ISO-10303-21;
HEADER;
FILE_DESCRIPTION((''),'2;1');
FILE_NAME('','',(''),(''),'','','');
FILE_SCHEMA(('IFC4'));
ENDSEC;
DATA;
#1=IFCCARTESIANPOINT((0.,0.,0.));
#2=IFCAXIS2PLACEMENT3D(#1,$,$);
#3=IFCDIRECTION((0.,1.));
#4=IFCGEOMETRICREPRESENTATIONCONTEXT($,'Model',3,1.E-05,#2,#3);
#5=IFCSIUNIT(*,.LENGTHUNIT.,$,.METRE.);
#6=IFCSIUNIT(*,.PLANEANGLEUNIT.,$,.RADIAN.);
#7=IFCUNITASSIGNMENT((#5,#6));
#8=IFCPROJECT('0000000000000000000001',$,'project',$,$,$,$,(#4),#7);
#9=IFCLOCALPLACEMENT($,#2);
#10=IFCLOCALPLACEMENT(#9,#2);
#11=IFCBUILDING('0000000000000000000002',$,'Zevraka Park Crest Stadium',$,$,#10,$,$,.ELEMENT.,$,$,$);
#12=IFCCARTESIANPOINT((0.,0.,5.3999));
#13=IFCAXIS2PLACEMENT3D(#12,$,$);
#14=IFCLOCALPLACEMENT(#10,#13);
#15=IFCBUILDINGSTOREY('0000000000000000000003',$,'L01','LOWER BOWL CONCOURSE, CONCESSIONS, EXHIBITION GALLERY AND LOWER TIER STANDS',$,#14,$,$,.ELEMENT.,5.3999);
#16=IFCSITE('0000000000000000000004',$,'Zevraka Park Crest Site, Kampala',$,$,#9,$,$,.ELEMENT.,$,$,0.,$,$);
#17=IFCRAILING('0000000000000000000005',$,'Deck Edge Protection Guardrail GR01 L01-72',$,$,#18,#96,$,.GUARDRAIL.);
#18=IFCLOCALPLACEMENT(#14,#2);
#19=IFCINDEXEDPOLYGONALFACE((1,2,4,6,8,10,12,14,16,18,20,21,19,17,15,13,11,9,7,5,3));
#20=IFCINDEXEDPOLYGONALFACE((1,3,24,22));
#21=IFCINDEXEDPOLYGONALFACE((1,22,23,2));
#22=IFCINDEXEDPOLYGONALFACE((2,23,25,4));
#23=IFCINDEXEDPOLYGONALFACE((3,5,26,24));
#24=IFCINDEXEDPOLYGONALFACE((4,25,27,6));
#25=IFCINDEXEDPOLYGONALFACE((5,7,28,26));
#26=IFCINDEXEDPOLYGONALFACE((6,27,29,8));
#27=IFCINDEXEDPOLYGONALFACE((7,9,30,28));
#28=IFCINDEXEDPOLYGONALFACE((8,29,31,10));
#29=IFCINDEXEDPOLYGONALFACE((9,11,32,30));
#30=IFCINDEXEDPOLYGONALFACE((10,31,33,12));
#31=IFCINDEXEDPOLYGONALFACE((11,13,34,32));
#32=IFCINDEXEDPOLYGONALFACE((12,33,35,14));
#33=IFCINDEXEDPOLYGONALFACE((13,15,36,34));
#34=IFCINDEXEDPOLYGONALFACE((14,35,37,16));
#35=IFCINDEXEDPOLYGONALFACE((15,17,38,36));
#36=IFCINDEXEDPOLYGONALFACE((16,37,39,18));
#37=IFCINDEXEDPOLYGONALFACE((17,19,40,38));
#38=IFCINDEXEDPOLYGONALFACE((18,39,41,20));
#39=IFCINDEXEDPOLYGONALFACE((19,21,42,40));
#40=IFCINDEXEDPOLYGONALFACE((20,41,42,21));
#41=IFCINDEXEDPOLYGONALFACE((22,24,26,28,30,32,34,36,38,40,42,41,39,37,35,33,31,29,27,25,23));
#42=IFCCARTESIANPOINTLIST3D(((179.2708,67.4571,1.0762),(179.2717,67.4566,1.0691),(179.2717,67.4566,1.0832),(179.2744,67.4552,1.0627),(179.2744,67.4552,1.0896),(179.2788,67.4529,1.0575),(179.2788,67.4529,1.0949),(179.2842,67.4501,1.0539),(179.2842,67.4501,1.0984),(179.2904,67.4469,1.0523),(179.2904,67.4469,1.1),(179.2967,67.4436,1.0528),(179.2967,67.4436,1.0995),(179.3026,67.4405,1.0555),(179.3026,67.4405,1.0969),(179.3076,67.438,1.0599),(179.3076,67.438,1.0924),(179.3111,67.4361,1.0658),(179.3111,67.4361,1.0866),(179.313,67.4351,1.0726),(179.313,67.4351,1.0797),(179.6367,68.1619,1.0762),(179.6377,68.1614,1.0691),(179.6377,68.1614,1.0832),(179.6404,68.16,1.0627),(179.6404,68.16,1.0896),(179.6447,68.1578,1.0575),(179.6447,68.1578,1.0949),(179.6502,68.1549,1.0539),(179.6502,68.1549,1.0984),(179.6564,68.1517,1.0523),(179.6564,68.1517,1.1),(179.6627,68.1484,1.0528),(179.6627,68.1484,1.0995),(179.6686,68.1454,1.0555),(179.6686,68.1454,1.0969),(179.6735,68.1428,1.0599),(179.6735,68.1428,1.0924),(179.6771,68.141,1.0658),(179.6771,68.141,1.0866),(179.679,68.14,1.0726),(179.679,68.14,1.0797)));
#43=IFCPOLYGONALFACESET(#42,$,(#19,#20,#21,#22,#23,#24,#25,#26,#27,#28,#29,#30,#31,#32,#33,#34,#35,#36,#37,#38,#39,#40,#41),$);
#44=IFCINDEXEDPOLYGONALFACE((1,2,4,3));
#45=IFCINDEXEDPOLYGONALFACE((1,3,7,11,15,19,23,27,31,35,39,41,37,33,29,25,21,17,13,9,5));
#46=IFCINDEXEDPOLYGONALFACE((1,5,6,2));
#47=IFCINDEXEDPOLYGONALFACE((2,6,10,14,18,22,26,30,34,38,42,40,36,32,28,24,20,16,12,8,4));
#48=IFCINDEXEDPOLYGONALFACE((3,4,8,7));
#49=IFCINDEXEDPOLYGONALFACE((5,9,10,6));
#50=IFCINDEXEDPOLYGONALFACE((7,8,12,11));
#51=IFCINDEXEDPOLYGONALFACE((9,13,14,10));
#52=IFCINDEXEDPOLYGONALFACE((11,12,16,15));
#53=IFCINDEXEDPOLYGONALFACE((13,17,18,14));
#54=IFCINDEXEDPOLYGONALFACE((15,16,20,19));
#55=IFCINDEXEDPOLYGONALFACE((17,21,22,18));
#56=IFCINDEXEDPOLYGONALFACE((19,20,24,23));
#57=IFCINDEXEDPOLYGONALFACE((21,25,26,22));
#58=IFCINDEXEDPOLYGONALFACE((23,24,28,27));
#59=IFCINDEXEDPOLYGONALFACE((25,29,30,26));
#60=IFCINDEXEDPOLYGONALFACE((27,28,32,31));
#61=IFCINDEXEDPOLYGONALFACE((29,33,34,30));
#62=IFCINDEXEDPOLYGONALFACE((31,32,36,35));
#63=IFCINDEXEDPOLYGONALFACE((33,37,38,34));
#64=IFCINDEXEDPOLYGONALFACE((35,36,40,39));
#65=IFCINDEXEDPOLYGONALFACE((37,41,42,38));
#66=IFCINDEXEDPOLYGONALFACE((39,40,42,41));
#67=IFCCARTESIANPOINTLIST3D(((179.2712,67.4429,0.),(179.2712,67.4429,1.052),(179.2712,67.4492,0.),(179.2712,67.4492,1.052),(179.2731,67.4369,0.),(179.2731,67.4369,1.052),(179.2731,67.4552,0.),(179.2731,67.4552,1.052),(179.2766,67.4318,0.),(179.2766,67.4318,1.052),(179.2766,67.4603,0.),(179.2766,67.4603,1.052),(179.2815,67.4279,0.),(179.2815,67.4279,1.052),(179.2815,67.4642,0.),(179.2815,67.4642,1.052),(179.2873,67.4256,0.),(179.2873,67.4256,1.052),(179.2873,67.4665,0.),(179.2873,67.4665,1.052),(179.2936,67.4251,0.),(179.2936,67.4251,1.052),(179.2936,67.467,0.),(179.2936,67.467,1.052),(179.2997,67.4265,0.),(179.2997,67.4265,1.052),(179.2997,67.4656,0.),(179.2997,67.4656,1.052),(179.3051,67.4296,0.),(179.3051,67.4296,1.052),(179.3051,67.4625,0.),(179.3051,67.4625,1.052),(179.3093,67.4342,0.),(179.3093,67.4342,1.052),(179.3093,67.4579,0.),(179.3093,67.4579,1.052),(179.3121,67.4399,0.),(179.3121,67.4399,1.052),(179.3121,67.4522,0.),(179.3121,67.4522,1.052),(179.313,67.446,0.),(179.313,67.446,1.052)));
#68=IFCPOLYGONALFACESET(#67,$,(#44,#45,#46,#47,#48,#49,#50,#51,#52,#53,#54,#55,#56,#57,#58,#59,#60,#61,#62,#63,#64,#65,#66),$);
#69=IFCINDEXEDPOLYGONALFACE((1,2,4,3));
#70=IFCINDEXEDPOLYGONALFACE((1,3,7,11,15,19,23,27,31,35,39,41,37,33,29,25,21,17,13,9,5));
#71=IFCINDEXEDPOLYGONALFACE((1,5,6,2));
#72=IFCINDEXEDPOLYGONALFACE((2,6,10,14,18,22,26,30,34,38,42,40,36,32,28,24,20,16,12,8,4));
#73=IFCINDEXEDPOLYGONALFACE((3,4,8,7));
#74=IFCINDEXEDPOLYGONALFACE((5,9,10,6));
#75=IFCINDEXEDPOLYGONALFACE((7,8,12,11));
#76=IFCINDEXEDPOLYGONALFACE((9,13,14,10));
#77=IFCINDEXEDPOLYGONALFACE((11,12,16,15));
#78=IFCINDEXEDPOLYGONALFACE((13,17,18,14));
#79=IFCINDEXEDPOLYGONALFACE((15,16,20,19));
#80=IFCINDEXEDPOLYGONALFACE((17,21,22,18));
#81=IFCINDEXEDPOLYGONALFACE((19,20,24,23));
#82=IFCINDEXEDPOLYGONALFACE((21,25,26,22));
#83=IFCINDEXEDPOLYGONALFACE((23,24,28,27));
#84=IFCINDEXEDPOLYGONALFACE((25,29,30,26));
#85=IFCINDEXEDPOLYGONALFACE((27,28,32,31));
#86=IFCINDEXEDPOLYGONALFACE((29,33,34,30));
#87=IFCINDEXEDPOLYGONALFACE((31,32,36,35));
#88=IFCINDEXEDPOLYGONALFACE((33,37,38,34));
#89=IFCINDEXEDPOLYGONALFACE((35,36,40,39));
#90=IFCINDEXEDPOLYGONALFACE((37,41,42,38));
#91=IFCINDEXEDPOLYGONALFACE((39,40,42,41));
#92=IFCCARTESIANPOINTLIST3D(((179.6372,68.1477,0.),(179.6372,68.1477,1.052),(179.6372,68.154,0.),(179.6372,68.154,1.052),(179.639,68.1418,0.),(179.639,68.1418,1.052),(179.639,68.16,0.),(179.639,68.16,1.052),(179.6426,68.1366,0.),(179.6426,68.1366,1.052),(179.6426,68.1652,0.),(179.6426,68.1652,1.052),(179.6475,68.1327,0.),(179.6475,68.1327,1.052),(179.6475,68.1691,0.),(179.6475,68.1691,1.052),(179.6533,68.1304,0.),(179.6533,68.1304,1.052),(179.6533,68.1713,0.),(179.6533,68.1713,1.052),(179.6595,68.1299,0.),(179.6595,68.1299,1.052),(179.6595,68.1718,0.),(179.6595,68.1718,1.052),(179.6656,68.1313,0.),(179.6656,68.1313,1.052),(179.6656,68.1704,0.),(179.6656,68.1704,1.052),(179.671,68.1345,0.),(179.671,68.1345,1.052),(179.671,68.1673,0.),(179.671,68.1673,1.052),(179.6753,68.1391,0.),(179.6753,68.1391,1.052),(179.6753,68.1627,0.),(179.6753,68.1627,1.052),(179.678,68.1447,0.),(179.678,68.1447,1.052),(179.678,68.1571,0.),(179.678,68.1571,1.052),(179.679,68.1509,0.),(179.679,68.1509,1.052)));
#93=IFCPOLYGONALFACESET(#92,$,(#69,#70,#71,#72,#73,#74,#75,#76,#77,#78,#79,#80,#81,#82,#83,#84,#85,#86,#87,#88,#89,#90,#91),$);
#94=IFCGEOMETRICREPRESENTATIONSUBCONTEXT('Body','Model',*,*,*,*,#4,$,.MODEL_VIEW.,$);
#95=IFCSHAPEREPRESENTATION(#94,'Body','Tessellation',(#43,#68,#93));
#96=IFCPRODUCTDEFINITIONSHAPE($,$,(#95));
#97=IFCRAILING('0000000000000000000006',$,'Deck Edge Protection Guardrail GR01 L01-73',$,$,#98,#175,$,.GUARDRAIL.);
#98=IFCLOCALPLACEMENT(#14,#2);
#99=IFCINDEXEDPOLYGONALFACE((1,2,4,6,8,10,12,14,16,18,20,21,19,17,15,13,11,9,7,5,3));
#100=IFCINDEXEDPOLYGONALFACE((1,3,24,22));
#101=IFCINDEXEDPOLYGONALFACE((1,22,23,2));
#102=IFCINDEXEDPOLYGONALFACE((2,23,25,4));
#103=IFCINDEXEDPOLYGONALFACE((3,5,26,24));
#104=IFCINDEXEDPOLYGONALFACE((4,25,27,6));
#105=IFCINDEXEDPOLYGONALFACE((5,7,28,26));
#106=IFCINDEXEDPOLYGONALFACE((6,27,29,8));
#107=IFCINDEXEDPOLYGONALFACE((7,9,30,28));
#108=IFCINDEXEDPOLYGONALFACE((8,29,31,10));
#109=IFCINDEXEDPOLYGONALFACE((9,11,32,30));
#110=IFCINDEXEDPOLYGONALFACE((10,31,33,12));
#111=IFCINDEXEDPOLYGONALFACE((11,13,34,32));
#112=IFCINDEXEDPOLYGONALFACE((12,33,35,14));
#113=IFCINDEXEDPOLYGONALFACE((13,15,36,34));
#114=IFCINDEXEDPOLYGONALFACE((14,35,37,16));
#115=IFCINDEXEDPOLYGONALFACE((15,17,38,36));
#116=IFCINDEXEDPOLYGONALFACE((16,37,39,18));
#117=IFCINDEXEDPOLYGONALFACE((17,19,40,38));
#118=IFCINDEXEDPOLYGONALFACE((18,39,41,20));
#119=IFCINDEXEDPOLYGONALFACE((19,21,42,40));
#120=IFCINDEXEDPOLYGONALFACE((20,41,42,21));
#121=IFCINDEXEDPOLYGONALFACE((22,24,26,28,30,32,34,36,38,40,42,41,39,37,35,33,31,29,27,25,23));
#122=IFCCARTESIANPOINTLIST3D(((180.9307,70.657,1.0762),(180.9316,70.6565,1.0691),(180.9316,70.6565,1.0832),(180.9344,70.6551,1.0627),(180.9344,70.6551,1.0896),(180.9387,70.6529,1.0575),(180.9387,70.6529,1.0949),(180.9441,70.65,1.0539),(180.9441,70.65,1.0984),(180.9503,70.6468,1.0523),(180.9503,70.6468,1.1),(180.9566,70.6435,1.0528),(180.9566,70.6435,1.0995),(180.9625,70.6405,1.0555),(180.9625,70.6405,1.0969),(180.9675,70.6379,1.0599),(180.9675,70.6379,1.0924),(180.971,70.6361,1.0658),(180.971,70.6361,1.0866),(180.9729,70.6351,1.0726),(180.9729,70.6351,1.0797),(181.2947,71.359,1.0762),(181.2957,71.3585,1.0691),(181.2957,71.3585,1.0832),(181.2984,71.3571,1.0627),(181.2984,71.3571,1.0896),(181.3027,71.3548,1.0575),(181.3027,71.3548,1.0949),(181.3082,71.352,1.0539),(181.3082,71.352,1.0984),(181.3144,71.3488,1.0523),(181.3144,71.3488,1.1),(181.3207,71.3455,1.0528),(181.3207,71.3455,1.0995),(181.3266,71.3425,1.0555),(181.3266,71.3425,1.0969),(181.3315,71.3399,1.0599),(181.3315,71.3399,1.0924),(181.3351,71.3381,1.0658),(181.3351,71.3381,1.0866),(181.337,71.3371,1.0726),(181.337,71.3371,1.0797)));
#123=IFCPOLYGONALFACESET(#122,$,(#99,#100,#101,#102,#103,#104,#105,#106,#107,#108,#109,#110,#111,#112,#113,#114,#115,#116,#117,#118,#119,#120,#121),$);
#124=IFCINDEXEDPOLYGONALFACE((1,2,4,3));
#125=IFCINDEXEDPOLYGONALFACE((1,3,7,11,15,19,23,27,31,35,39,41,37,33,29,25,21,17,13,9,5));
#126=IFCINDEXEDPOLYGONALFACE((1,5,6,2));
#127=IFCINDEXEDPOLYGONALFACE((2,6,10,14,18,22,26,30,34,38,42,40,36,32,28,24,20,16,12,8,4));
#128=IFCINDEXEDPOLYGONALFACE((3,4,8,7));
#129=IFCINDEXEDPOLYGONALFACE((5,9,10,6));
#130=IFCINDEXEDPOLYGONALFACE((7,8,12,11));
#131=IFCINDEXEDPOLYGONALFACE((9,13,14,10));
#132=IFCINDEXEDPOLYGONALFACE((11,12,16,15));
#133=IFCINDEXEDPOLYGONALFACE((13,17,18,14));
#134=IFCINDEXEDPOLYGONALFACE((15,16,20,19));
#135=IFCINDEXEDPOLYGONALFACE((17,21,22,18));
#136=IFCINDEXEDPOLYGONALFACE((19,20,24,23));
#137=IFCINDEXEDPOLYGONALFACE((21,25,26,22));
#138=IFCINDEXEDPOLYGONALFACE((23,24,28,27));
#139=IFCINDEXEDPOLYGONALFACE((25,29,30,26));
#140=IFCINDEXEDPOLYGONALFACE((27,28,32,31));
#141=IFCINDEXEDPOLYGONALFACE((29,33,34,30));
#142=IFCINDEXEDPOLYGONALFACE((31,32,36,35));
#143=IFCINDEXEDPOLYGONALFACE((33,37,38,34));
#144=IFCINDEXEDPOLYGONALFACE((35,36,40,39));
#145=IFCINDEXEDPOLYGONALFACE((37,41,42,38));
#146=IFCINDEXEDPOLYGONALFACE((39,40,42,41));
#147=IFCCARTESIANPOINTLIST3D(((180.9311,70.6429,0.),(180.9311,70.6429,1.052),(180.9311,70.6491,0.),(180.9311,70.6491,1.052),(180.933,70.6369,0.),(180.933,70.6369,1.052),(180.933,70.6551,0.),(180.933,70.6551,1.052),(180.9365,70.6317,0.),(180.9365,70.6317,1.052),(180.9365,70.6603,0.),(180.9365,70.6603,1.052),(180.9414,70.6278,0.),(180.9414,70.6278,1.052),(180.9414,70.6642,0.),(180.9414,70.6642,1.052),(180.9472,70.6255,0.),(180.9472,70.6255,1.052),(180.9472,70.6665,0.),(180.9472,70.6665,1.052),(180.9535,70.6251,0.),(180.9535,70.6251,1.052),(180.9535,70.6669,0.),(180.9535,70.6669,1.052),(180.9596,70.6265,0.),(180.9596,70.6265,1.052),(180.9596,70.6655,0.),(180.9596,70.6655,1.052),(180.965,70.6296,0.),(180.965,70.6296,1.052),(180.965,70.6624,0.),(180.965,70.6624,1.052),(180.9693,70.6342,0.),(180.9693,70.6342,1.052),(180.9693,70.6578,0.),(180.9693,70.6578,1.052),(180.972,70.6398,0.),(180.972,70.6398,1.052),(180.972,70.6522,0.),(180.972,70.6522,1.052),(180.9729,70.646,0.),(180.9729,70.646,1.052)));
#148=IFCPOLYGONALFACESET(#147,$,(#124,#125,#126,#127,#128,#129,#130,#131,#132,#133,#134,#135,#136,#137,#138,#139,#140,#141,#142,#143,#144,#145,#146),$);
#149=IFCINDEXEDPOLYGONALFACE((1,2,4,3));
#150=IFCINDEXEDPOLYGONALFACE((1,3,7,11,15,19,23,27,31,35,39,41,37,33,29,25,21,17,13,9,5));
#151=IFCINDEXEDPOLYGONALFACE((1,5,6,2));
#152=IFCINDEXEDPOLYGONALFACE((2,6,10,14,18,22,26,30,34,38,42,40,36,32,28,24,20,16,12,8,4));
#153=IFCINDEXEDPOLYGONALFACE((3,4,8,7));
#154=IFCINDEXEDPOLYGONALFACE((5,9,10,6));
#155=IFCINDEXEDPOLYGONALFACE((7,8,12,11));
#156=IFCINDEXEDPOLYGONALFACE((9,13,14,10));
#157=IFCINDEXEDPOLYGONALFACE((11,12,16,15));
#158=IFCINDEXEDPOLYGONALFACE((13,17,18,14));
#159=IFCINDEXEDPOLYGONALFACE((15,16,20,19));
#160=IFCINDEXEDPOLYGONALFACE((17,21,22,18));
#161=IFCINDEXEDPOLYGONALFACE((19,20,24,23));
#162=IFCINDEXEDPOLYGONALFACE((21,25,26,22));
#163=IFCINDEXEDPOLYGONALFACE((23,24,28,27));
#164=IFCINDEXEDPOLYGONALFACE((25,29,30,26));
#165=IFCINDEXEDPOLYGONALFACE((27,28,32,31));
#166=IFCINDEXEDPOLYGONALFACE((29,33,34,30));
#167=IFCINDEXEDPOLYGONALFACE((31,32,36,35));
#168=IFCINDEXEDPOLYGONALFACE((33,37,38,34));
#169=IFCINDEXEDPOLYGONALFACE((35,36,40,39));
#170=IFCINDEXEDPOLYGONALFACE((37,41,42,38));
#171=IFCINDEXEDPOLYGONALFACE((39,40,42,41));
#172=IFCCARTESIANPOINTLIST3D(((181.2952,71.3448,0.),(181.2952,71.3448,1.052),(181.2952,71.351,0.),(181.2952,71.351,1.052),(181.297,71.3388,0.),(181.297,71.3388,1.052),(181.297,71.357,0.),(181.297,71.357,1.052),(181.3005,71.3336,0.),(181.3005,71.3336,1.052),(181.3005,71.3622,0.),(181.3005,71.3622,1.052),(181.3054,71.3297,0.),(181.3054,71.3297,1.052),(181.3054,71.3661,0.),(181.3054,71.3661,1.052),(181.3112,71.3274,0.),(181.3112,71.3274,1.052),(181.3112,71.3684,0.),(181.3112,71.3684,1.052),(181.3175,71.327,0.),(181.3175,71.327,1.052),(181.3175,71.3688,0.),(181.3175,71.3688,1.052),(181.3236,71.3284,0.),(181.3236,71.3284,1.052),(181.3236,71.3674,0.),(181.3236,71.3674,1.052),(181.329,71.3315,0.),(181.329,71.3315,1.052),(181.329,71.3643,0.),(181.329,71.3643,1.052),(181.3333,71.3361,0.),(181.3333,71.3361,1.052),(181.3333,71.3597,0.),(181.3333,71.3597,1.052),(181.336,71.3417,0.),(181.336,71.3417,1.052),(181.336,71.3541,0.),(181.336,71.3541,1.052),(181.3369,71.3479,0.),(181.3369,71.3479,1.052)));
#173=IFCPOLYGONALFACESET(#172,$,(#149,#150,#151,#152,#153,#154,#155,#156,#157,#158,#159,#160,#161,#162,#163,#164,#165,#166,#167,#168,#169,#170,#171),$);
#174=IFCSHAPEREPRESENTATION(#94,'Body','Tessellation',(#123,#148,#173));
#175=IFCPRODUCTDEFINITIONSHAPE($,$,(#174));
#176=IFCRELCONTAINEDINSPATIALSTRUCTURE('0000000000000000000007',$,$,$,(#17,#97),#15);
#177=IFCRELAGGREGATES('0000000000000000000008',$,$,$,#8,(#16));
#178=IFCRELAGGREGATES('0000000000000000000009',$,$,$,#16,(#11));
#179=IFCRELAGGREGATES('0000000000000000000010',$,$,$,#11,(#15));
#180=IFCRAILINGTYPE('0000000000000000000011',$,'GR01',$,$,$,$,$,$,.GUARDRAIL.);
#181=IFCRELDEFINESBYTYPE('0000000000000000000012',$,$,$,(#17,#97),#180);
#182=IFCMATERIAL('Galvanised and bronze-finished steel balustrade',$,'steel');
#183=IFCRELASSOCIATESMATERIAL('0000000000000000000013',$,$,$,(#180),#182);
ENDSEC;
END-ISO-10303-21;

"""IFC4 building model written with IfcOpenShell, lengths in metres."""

from ifc_helpers import new_model, si_unit, direction, frame, origin, origin_2d, place, context, subcontext, project, spatial, circle, extrude, material, type_object, element, save


model = new_model("IFC4")

# Units and contexts
model_context = context("Model", 3, precision=1e-05, world=origin(), true_north=direction((0.0, 1.0)))
body_context = subcontext(model_context, "Body", "Model", "MODEL_VIEW")
ifc_project = project(units=[si_unit("LENGTHUNIT", "METRE"), si_unit("PLANEANGLEUNIT", "RADIAN")], contexts=[model_context])

# Site, building, storey
site_placement = place(None, origin())
site = spatial("IfcSite", under=ifc_project, at=site_placement, Name="Zevraka Park Crest Site, Kampala", CompositionType="ELEMENT", RefElevation=0.0)
building_placement = place(site_placement, origin())
building = spatial("IfcBuilding", under=site, at=building_placement, Name="Zevraka Park Crest Stadium", CompositionType="ELEMENT")
storey_placement = place(building_placement, frame((0.0, 0.0, 5.3999)))
storey = spatial("IfcBuildingStorey", under=building, at=storey_placement, Name="L01", Description="LOWER BOWL CONCOURSE, CONCESSIONS, EXHIBITION GALLERY AND LOWER TIER STANDS", CompositionType="ELEMENT", Elevation=5.3999)

# Railings
ifc_material_1 = material(Name="Galvanised and bronze-finished steel balustrade", Category="steel")
railing_type_1 = type_object("IfcRailingType", Name="GR01", PredefinedType="GUARDRAIL", material=ifc_material_1)
railing_1_placement = place(storey_placement, frame((179.292, 67.446, 0.0)))
element("IfcRailing", 1, at=railing_1_placement, inside=storey, type_object=railing_type_1, Name="Deck Edge Protection Guardrail GR01 L01-72", PredefinedType="GUARDRAIL", context=body_context, shape_type="SweptSolid", body=[
    extrude(circle(Radius=0.0239, at=origin_2d()), frame((0.0, 0.0, 1.0762), z_axis=(0.460811, 0.887498, 0.0), x_axis=(-0.887498, 0.460811, 0.0)), (0.0, 0.0, 1.0), 0.7942),
    extrude(circle(Radius=0.021, at=origin_2d()), origin(), (0.0, 0.0, 1.0), 1.052),
    extrude(circle(Radius=0.021, at=origin_2d()), frame((0.366, 0.7048, 0.0)), (0.0, 0.0, 1.0), 1.052),
])
railing_2_placement = place(storey_placement, frame((180.9519, 70.646, 0.0)))
element("IfcRailing", 2, at=railing_2_placement, inside=storey, type_object=railing_type_1, Name="Deck Edge Protection Guardrail GR01 L01-73", PredefinedType="GUARDRAIL", context=body_context, shape_type="SweptSolid", body=[
    extrude(circle(Radius=0.0239, at=origin_2d()), frame((0.0, 0.0, 1.0762), z_axis=(0.46038, 0.887722, 0.0), x_axis=(-0.887722, 0.46038, 0.0)), (0.0, 0.0, 1.0), 0.7908),
    extrude(circle(Radius=0.021, at=origin_2d()), origin(), (0.0, 0.0, 1.0), 1.052),
    extrude(circle(Radius=0.021, at=origin_2d()), frame((0.364, 0.7019, 0.0)), (0.0, 0.0, 1.0), 1.052),
])

save(model, "model.ifc")
